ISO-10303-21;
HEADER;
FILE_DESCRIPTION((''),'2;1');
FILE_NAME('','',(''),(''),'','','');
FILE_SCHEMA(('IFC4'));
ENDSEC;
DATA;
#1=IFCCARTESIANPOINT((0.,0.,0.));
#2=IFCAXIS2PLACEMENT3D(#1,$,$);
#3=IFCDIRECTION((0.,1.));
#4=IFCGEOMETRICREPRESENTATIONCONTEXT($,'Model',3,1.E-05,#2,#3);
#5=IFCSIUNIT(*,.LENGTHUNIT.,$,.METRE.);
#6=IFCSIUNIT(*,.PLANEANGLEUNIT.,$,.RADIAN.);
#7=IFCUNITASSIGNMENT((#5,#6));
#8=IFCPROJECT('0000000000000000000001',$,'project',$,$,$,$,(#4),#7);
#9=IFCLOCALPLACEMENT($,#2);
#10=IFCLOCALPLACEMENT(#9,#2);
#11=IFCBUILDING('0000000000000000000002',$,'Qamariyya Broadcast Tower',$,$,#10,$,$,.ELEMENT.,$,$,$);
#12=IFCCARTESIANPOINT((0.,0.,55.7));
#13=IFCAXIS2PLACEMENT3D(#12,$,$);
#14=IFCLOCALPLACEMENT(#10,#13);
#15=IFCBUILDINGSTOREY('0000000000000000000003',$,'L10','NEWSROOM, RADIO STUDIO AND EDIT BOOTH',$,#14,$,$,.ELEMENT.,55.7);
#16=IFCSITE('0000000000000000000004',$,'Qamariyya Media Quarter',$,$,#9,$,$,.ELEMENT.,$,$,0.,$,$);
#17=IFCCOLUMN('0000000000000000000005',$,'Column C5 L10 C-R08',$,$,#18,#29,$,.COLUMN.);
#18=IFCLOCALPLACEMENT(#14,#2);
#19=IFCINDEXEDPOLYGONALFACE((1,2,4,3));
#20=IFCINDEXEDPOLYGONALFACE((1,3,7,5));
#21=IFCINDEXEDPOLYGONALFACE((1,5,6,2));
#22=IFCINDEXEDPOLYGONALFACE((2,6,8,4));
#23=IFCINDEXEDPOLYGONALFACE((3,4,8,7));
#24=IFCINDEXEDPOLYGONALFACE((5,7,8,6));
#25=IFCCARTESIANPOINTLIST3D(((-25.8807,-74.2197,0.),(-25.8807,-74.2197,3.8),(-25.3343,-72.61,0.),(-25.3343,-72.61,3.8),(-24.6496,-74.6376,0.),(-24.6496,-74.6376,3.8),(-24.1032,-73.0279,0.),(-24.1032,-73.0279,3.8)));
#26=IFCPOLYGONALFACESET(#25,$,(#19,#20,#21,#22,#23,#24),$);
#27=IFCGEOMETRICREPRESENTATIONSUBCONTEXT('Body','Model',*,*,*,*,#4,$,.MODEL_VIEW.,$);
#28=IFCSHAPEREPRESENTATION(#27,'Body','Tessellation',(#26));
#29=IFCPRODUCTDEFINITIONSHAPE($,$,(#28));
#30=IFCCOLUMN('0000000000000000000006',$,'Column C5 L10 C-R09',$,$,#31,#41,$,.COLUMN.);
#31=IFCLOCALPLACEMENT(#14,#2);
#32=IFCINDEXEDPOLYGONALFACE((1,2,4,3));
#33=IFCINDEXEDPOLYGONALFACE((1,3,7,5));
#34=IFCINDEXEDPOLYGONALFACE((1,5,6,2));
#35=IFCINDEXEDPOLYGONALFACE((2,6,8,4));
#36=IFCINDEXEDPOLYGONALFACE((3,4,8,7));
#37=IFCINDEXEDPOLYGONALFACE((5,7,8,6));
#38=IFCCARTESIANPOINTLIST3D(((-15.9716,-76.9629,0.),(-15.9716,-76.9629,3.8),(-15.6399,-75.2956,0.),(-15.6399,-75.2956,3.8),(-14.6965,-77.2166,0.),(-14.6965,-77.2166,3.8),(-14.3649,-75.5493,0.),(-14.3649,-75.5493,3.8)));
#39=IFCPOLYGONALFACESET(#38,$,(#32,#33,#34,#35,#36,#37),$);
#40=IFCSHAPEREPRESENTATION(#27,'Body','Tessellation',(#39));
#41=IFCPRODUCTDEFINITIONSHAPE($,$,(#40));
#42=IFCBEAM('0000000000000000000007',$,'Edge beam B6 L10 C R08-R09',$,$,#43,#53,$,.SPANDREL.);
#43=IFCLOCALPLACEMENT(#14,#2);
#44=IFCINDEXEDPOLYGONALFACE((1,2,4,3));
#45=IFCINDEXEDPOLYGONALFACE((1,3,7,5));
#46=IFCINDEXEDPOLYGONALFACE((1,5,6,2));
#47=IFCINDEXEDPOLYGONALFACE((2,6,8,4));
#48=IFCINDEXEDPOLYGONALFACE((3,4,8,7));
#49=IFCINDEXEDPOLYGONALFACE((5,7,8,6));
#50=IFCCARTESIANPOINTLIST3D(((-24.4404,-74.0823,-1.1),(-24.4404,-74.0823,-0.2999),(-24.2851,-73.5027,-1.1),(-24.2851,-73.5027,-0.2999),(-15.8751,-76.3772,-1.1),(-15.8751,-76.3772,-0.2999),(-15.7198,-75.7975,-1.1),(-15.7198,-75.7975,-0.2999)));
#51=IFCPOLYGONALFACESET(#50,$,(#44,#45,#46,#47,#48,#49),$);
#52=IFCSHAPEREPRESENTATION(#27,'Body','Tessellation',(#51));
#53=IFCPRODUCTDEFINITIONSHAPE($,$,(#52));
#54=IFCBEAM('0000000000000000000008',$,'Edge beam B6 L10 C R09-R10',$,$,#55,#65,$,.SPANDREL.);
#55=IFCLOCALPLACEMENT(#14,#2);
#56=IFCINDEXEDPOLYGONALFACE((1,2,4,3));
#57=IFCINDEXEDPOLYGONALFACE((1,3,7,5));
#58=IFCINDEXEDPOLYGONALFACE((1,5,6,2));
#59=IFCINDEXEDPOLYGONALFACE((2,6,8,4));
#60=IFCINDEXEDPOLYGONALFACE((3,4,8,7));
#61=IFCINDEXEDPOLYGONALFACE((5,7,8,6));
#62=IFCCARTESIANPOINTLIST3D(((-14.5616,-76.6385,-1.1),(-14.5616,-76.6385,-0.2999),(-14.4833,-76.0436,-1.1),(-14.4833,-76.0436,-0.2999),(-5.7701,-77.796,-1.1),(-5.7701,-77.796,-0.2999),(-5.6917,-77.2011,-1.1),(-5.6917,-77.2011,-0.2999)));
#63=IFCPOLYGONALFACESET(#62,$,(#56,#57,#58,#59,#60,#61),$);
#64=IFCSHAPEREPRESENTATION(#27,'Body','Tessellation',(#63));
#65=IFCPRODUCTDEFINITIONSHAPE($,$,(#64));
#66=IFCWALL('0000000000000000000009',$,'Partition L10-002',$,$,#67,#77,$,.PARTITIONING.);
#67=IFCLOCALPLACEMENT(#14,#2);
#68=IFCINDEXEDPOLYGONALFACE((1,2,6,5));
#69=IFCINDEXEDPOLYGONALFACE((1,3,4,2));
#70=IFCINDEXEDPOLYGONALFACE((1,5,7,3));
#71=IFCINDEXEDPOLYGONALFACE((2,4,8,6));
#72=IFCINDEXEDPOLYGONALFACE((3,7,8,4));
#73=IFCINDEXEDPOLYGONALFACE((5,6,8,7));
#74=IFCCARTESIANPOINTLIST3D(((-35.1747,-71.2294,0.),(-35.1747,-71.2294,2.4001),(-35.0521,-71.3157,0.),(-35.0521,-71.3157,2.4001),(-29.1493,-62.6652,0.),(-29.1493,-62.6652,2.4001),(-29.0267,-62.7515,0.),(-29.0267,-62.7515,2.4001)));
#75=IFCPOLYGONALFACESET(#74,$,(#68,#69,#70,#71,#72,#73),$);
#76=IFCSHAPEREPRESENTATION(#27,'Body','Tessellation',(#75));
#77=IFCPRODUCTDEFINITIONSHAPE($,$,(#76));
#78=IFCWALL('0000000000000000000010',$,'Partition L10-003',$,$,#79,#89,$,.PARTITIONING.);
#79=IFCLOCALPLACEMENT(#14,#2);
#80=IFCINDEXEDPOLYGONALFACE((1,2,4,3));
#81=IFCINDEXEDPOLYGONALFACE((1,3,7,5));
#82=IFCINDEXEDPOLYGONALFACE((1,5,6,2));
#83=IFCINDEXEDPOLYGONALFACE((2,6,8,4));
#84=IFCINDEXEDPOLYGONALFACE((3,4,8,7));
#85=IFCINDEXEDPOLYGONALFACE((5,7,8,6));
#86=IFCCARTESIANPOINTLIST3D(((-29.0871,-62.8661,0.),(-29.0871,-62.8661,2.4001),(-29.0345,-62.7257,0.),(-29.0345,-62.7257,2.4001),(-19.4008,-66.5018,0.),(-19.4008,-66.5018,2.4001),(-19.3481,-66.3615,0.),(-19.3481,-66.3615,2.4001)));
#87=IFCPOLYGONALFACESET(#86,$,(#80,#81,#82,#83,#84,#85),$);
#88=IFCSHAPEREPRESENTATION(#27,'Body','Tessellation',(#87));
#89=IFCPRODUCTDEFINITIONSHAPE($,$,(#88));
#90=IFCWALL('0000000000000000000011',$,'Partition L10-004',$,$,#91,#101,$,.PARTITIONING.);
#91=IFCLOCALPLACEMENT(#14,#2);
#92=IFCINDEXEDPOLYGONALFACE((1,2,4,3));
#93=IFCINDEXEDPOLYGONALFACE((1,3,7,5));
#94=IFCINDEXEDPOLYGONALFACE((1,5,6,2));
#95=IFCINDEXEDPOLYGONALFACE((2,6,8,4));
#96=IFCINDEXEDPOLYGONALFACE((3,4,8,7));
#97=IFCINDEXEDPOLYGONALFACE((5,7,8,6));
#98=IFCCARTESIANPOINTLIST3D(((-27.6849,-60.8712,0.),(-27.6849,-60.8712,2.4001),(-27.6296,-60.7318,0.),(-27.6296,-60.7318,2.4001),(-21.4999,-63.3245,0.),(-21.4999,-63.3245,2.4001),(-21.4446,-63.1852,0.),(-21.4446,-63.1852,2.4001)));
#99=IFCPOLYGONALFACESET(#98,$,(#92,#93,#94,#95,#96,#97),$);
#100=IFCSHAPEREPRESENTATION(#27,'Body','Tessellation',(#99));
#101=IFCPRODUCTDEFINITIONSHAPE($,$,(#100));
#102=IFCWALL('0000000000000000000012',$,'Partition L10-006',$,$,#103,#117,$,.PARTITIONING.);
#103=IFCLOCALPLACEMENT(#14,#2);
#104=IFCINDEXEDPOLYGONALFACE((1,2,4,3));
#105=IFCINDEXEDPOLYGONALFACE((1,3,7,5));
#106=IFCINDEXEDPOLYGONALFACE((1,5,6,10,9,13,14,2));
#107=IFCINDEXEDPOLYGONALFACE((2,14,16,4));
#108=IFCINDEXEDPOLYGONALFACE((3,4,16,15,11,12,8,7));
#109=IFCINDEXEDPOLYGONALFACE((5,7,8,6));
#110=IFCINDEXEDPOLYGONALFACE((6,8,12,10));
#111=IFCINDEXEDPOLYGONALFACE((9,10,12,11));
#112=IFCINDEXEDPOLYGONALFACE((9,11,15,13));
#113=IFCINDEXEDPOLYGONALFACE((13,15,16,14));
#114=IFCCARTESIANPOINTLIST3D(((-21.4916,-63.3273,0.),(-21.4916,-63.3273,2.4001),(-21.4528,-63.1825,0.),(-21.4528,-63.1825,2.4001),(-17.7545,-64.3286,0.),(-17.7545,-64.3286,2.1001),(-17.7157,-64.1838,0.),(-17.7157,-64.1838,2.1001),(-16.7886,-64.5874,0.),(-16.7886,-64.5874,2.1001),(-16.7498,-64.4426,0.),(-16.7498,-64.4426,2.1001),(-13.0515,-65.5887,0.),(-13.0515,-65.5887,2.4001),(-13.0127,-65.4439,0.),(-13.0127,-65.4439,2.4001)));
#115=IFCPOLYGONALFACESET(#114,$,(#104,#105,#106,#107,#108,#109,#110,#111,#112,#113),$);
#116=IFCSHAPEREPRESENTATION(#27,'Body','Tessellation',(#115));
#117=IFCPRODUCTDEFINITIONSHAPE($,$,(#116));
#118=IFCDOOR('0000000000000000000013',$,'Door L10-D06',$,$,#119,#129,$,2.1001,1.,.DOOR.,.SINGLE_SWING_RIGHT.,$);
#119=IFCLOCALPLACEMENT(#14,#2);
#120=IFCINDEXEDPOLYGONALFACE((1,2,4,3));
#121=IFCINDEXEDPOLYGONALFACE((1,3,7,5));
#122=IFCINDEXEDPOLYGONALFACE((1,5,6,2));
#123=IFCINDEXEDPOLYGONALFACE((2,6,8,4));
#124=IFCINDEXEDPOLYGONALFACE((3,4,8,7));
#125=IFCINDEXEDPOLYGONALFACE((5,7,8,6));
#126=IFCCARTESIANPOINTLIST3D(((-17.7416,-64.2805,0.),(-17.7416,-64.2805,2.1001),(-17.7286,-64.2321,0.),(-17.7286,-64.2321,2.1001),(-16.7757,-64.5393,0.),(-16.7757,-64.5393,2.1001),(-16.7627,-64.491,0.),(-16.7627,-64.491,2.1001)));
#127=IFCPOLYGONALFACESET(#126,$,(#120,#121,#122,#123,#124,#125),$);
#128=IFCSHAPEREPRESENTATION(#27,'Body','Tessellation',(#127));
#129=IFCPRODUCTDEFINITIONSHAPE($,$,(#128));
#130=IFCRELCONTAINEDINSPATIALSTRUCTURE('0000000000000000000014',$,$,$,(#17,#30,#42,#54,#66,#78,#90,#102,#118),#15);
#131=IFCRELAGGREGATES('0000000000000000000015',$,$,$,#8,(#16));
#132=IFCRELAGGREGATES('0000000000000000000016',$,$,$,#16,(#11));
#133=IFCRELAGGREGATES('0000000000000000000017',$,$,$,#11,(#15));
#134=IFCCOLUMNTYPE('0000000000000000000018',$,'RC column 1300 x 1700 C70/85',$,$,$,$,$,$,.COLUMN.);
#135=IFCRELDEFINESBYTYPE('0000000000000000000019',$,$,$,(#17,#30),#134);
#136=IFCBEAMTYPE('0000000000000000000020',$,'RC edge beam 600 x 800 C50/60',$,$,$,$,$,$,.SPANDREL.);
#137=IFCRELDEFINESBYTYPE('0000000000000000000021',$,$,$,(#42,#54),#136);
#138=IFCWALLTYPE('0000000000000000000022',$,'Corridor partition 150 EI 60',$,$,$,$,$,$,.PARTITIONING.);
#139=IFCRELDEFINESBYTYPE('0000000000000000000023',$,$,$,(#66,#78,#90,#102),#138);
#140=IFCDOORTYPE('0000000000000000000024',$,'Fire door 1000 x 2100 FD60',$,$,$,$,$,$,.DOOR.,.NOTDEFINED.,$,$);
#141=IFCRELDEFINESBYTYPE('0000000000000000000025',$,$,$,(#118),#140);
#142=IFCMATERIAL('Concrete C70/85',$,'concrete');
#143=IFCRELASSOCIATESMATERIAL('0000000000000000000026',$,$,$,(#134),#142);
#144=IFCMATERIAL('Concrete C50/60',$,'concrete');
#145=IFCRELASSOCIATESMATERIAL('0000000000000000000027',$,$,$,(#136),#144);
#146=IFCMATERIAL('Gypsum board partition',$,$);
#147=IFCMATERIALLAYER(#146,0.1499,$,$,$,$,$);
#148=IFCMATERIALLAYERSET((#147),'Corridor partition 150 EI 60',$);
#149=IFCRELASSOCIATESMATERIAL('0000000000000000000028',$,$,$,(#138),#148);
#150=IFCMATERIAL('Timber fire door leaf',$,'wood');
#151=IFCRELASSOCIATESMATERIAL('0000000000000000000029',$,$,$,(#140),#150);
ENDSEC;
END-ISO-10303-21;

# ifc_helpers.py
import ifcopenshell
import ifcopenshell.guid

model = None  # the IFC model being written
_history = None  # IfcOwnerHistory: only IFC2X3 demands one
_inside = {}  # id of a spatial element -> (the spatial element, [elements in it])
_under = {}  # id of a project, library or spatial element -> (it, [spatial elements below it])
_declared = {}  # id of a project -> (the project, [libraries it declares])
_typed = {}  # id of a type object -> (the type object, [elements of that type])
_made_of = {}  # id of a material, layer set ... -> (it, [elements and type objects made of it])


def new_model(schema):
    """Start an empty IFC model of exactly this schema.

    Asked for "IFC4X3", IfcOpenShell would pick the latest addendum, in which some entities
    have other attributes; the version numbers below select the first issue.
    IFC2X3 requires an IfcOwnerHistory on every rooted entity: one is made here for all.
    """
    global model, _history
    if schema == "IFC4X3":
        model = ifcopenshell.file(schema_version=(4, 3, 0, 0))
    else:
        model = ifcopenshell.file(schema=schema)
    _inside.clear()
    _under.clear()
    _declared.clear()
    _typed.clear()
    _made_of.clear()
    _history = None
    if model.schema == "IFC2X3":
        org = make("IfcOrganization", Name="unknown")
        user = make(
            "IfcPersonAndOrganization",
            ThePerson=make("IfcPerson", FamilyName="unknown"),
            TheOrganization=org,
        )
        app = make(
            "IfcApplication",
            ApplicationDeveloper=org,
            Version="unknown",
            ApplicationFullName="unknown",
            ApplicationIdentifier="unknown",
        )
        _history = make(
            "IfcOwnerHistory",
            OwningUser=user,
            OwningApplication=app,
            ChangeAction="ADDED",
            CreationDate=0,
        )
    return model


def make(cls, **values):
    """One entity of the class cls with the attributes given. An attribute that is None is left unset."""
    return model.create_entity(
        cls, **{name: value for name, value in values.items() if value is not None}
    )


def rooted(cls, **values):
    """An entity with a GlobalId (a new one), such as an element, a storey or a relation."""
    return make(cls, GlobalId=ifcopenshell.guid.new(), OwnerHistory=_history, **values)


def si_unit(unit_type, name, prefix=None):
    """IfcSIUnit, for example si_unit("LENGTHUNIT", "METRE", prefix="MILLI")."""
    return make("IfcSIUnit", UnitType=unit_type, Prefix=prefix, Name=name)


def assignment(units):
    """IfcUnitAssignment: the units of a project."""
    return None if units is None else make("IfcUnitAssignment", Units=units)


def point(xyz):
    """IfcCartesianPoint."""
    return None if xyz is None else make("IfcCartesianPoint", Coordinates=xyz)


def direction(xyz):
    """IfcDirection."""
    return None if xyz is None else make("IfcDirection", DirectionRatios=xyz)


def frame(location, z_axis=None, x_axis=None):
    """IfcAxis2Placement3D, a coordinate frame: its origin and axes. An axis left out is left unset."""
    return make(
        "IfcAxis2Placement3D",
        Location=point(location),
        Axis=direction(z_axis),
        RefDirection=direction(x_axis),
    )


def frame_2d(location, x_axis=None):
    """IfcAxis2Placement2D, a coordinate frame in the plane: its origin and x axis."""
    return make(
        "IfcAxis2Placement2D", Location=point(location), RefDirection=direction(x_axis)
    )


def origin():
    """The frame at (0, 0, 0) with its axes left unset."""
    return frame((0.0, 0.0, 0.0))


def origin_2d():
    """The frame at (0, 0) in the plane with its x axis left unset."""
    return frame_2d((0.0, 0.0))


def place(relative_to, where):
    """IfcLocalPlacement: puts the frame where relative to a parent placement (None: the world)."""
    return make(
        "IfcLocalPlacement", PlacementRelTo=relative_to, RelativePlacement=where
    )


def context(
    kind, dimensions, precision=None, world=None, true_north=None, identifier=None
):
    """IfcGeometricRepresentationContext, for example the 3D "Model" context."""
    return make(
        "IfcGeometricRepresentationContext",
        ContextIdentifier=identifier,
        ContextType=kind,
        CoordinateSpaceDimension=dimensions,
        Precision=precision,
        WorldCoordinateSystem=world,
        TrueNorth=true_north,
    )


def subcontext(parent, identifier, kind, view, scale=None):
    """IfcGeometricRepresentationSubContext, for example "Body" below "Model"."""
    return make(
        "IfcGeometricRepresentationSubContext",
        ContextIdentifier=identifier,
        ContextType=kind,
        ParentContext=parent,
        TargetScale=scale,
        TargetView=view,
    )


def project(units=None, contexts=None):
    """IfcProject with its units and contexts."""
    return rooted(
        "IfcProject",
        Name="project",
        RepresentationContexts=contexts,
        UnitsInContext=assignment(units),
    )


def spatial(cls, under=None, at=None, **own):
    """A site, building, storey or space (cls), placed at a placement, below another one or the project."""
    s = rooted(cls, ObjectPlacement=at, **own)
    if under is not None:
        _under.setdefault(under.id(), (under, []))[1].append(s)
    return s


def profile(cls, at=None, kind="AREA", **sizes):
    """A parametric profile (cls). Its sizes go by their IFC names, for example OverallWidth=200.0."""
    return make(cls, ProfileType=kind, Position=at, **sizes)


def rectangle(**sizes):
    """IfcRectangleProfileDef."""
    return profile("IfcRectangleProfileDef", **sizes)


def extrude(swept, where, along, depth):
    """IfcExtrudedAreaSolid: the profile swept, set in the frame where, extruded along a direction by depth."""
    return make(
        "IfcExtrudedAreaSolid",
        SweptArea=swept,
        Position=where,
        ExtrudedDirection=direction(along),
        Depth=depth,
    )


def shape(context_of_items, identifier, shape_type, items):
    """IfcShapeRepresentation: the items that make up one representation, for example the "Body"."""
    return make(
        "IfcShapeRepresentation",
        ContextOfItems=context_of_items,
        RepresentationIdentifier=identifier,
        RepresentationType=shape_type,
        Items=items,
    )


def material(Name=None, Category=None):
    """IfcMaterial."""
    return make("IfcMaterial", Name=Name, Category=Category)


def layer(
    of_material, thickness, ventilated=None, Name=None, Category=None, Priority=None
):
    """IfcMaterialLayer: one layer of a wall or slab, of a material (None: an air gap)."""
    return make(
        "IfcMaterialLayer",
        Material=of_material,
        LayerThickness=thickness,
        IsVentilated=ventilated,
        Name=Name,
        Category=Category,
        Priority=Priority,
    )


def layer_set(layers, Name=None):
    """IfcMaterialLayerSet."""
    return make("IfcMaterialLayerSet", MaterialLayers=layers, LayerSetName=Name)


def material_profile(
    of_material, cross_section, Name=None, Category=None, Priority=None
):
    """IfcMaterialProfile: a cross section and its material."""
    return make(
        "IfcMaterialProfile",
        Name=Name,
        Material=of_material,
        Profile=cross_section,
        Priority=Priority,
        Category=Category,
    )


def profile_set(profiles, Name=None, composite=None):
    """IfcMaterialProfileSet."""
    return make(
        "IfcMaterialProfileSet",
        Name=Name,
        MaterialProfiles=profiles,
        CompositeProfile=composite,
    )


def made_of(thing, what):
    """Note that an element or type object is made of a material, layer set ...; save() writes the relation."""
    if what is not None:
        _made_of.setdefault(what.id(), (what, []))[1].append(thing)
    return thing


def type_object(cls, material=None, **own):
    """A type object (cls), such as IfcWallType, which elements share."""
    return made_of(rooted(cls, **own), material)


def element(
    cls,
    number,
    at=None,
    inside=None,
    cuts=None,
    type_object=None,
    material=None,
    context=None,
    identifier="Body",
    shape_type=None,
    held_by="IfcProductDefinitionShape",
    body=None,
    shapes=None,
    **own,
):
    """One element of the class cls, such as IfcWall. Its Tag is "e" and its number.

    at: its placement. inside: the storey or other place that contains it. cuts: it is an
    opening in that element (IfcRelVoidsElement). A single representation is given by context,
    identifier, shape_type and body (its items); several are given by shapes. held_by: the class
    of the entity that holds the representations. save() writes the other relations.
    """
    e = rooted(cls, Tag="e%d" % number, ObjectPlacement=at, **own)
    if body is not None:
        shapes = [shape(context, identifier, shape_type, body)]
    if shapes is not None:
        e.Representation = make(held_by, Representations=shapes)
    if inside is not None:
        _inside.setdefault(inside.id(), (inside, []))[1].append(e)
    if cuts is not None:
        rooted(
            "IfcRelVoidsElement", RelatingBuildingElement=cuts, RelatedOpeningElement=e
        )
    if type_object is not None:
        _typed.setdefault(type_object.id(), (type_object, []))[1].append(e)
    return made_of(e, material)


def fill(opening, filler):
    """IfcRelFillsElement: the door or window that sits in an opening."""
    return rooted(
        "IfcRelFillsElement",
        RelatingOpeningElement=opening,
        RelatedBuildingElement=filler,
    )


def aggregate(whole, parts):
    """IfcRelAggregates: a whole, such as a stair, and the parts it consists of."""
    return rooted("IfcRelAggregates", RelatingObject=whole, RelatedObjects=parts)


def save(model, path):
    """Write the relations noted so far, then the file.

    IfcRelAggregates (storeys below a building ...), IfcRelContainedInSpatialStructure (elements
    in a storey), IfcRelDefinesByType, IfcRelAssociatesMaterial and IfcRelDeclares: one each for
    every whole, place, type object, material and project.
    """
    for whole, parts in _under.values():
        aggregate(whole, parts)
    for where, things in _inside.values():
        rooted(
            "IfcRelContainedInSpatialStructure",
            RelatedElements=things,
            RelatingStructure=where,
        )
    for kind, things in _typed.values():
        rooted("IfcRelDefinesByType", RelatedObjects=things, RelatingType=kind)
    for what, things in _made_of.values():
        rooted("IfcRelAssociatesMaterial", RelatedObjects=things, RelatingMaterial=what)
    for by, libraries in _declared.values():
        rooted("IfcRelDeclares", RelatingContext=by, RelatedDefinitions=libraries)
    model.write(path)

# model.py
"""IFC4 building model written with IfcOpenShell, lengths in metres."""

from ifc_helpers import new_model, si_unit, direction, frame, frame_2d, origin, origin_2d, place, context, subcontext, project, spatial, rectangle, extrude, material, layer, layer_set, material_profile, profile_set, type_object, element, fill, save


model = new_model("IFC4")

# Units and contexts
model_context = context("Model", 3, precision=1e-05, world=origin(), true_north=direction((0.0, 1.0)))
body_context = subcontext(model_context, "Body", "Model", "MODEL_VIEW")
ifc_project = project(units=[si_unit("LENGTHUNIT", "METRE"), si_unit("PLANEANGLEUNIT", "RADIAN")], contexts=[model_context])

# Site, building, storey
site_placement = place(None, origin())
site = spatial("IfcSite", under=ifc_project, at=site_placement, Name="Qamariyya Media Quarter", CompositionType="ELEMENT", RefElevation=0.0)
building_placement = place(site_placement, origin())
building = spatial("IfcBuilding", under=site, at=building_placement, Name="Qamariyya Broadcast Tower", CompositionType="ELEMENT")
storey_placement = place(building_placement, frame((0.0, 0.0, 55.7)))
storey = spatial("IfcBuildingStorey", under=building, at=storey_placement, Name="L10", Description="NEWSROOM, RADIO STUDIO AND EDIT BOOTH", CompositionType="ELEMENT", Elevation=55.7)

# Columns
ifc_material_1 = material(Name="Concrete C70/85", Category="concrete")
ifc_material_profile_1 = material_profile(ifc_material_1, rectangle(XDim=1.3, YDim=1.7, at=origin_2d()))
ifc_profile_set_1 = profile_set([ifc_material_profile_1], Name="Concrete C70/85")
column_type = type_object("IfcColumnType", Name="RC column 1300 x 1700 C70/85", PredefinedType="COLUMN", material=ifc_profile_set_1)
for number, where, z_axis, x_axis, name in (
    (1, (-24.9919, -73.6238, 0.0), (0.0, 0.0, 1.0), (0.94693, -0.321439, 0.0), "Column C5 L10 C-R08"),
    (2, (-15.1682, -76.2561, 0.0), (0.0, 0.0, 1.0), (0.980785, -0.19509, 0.0), "Column C5 L10 C-R09"),
):
    element("IfcColumn", number, at=place(storey_placement, frame(where, z_axis=z_axis, x_axis=x_axis)), inside=storey, type_object=column_type, Name=name, PredefinedType="COLUMN", context=body_context, shape_type="SweptSolid", body=[
        extrude(rectangle(XDim=1.3, YDim=1.7, at=origin_2d()), origin(), (0.0, 0.0, 1.0), 3.8),
    ])

# Beams
ifc_material_2 = material(Name="Concrete C50/60", Category="concrete")
ifc_material_profile_2 = material_profile(ifc_material_2, rectangle(XDim=0.6001, YDim=0.8, at=origin_2d()))
ifc_profile_set_2 = profile_set([ifc_material_profile_2], Name="Concrete C50/60")
beam_type = type_object("IfcBeamType", Name="RC edge beam 600 x 800 C50/60", PredefinedType="SPANDREL", material=ifc_profile_set_2)
for number, where, z_axis, x_axis, name in (
    (3, (-24.3628, -73.7925, -0.7), (0.965931, -0.2588, 0.0), (0.2588, 0.965931, 0.0), "Edge beam B6 L10 C R08-R09"),
    (4, (-14.5225, -76.3411, -0.7), (0.991444, -0.130531, 0.0), (0.130531, 0.991444, 0.0), "Edge beam B6 L10 C R09-R10"),
):
    element("IfcBeam", number, at=place(storey_placement, frame(where, z_axis=z_axis, x_axis=x_axis)), inside=storey, type_object=beam_type, Name=name, PredefinedType="SPANDREL", context=body_context, shape_type="SweptSolid", body=[
        extrude(rectangle(XDim=0.6001, YDim=0.8, at=origin_2d()), origin(), (0.0, 0.0, 1.0), 8.8674),
    ])

# Walls
ifc_material_3 = material(Name="Gypsum board partition")
ifc_layer_1 = layer(ifc_material_3, 0.1499)
ifc_layer_set_1 = layer_set([ifc_layer_1], Name="Corridor partition 150 EI 60")
wall_type_1 = type_object("IfcWallType", Name="Corridor partition 150 EI 60", PredefinedType="PARTITIONING", material=ifc_layer_set_1)
wall_1_placement = place(storey_placement, frame((-29.0879, -62.7083, 0.0), z_axis=(0.0, 0.0, 1.0), x_axis=(-0.575412, -0.817864, 0.0)))
element("IfcWall", 5, at=wall_1_placement, inside=storey, type_object=wall_type_1, Name="Partition L10-002", PredefinedType="PARTITIONING", context=body_context, shape_type="SweptSolid", body=[
    extrude(rectangle(XDim=10.4714, YDim=0.1499, at=frame_2d((5.2358, 0.0))), origin(), (0.0, 0.0, 1.0), 2.4001),
])
wall_2_placement = place(storey_placement, frame((-29.0608, -62.7959, 0.0), z_axis=(0.0, 0.0, 1.0), x_axis=(0.936221, -0.35141, 0.0)))
element("IfcWall", 6, at=wall_2_placement, inside=storey, type_object=wall_type_1, Name="Partition L10-003", PredefinedType="PARTITIONING", context=body_context, shape_type="SweptSolid", body=[
    extrude(rectangle(XDim=10.3462, YDim=0.1499, at=frame_2d((5.1731, 0.0))), origin(), (0.0, 0.0, 1.0), 2.4001),
])
wall_3_placement = place(storey_placement, frame((-27.6572, -60.8015, 0.0), z_axis=(0.0, 0.0, 1.0), x_axis=(0.929543, -0.368713, 0.0)))
element("IfcWall", 7, at=wall_3_placement, inside=storey, type_object=wall_type_1, Name="Partition L10-004", PredefinedType="PARTITIONING", context=body_context, shape_type="SweptSolid", body=[
    extrude(rectangle(XDim=6.6538, YDim=0.1499, at=frame_2d((3.3269, 0.0))), origin(), (0.0, 0.0, 1.0), 2.4001),
])

# Wall, opening, door
wall_4_placement = place(storey_placement, frame((-21.4722, -63.2549, 0.0), z_axis=(0.0, 0.0, 1.0), x_axis=(0.965928, -0.258812, 0.0)))
wall_4 = element("IfcWall", 8, at=wall_4_placement, inside=storey, type_object=wall_type_1, Name="Partition L10-006", PredefinedType="PARTITIONING", context=body_context, shape_type="SweptSolid", body=[
    extrude(rectangle(XDim=8.7378, YDim=0.1499, at=frame_2d((4.3689, 0.0))), origin(), (0.0, 0.0, 1.0), 2.4001),
])
opening_1_placement = place(wall_4_placement, frame((3.8689, 0.0, 0.0)))
opening_1 = element("IfcOpeningElement", 9, at=opening_1_placement, cuts=wall_4, PredefinedType="OPENING", context=body_context, shape_type="SweptSolid", body=[
    extrude(rectangle(XDim=1.0, YDim=2.1001, at=frame_2d((0.5, 1.05))), frame((0.0, 0.085, 0.0), z_axis=(0.0, -1.0, 0.0), x_axis=(1.0, 0.0, 0.0)), (0.0, 0.0, 1.0), 0.1699),
])
ifc_material_4 = material(Name="Timber fire door leaf", Category="wood")
door_type_1 = type_object("IfcDoorType", Name="Fire door 1000 x 2100 FD60", OperationType="NOTDEFINED", PredefinedType="DOOR", material=ifc_material_4)
door_1_placement = place(opening_1_placement, origin())
door_1 = element("IfcDoor", 10, at=door_1_placement, inside=storey, type_object=door_type_1, Name="Door L10-D06", OperationType="SINGLE_SWING_RIGHT", OverallHeight=2.1001, OverallWidth=1.0, PredefinedType="DOOR", context=body_context, shape_type="SweptSolid", body=[
    extrude(rectangle(XDim=1.0, YDim=2.1001, at=frame_2d((0.5, 1.05))), frame((0.0, 0.0249, 0.0), z_axis=(0.0, -1.0, 0.0), x_axis=(1.0, 0.0, 0.0)), (0.0, 0.0, 1.0), 0.05),
])
fill(opening_1, door_1)

save(model, "model.ifc")
